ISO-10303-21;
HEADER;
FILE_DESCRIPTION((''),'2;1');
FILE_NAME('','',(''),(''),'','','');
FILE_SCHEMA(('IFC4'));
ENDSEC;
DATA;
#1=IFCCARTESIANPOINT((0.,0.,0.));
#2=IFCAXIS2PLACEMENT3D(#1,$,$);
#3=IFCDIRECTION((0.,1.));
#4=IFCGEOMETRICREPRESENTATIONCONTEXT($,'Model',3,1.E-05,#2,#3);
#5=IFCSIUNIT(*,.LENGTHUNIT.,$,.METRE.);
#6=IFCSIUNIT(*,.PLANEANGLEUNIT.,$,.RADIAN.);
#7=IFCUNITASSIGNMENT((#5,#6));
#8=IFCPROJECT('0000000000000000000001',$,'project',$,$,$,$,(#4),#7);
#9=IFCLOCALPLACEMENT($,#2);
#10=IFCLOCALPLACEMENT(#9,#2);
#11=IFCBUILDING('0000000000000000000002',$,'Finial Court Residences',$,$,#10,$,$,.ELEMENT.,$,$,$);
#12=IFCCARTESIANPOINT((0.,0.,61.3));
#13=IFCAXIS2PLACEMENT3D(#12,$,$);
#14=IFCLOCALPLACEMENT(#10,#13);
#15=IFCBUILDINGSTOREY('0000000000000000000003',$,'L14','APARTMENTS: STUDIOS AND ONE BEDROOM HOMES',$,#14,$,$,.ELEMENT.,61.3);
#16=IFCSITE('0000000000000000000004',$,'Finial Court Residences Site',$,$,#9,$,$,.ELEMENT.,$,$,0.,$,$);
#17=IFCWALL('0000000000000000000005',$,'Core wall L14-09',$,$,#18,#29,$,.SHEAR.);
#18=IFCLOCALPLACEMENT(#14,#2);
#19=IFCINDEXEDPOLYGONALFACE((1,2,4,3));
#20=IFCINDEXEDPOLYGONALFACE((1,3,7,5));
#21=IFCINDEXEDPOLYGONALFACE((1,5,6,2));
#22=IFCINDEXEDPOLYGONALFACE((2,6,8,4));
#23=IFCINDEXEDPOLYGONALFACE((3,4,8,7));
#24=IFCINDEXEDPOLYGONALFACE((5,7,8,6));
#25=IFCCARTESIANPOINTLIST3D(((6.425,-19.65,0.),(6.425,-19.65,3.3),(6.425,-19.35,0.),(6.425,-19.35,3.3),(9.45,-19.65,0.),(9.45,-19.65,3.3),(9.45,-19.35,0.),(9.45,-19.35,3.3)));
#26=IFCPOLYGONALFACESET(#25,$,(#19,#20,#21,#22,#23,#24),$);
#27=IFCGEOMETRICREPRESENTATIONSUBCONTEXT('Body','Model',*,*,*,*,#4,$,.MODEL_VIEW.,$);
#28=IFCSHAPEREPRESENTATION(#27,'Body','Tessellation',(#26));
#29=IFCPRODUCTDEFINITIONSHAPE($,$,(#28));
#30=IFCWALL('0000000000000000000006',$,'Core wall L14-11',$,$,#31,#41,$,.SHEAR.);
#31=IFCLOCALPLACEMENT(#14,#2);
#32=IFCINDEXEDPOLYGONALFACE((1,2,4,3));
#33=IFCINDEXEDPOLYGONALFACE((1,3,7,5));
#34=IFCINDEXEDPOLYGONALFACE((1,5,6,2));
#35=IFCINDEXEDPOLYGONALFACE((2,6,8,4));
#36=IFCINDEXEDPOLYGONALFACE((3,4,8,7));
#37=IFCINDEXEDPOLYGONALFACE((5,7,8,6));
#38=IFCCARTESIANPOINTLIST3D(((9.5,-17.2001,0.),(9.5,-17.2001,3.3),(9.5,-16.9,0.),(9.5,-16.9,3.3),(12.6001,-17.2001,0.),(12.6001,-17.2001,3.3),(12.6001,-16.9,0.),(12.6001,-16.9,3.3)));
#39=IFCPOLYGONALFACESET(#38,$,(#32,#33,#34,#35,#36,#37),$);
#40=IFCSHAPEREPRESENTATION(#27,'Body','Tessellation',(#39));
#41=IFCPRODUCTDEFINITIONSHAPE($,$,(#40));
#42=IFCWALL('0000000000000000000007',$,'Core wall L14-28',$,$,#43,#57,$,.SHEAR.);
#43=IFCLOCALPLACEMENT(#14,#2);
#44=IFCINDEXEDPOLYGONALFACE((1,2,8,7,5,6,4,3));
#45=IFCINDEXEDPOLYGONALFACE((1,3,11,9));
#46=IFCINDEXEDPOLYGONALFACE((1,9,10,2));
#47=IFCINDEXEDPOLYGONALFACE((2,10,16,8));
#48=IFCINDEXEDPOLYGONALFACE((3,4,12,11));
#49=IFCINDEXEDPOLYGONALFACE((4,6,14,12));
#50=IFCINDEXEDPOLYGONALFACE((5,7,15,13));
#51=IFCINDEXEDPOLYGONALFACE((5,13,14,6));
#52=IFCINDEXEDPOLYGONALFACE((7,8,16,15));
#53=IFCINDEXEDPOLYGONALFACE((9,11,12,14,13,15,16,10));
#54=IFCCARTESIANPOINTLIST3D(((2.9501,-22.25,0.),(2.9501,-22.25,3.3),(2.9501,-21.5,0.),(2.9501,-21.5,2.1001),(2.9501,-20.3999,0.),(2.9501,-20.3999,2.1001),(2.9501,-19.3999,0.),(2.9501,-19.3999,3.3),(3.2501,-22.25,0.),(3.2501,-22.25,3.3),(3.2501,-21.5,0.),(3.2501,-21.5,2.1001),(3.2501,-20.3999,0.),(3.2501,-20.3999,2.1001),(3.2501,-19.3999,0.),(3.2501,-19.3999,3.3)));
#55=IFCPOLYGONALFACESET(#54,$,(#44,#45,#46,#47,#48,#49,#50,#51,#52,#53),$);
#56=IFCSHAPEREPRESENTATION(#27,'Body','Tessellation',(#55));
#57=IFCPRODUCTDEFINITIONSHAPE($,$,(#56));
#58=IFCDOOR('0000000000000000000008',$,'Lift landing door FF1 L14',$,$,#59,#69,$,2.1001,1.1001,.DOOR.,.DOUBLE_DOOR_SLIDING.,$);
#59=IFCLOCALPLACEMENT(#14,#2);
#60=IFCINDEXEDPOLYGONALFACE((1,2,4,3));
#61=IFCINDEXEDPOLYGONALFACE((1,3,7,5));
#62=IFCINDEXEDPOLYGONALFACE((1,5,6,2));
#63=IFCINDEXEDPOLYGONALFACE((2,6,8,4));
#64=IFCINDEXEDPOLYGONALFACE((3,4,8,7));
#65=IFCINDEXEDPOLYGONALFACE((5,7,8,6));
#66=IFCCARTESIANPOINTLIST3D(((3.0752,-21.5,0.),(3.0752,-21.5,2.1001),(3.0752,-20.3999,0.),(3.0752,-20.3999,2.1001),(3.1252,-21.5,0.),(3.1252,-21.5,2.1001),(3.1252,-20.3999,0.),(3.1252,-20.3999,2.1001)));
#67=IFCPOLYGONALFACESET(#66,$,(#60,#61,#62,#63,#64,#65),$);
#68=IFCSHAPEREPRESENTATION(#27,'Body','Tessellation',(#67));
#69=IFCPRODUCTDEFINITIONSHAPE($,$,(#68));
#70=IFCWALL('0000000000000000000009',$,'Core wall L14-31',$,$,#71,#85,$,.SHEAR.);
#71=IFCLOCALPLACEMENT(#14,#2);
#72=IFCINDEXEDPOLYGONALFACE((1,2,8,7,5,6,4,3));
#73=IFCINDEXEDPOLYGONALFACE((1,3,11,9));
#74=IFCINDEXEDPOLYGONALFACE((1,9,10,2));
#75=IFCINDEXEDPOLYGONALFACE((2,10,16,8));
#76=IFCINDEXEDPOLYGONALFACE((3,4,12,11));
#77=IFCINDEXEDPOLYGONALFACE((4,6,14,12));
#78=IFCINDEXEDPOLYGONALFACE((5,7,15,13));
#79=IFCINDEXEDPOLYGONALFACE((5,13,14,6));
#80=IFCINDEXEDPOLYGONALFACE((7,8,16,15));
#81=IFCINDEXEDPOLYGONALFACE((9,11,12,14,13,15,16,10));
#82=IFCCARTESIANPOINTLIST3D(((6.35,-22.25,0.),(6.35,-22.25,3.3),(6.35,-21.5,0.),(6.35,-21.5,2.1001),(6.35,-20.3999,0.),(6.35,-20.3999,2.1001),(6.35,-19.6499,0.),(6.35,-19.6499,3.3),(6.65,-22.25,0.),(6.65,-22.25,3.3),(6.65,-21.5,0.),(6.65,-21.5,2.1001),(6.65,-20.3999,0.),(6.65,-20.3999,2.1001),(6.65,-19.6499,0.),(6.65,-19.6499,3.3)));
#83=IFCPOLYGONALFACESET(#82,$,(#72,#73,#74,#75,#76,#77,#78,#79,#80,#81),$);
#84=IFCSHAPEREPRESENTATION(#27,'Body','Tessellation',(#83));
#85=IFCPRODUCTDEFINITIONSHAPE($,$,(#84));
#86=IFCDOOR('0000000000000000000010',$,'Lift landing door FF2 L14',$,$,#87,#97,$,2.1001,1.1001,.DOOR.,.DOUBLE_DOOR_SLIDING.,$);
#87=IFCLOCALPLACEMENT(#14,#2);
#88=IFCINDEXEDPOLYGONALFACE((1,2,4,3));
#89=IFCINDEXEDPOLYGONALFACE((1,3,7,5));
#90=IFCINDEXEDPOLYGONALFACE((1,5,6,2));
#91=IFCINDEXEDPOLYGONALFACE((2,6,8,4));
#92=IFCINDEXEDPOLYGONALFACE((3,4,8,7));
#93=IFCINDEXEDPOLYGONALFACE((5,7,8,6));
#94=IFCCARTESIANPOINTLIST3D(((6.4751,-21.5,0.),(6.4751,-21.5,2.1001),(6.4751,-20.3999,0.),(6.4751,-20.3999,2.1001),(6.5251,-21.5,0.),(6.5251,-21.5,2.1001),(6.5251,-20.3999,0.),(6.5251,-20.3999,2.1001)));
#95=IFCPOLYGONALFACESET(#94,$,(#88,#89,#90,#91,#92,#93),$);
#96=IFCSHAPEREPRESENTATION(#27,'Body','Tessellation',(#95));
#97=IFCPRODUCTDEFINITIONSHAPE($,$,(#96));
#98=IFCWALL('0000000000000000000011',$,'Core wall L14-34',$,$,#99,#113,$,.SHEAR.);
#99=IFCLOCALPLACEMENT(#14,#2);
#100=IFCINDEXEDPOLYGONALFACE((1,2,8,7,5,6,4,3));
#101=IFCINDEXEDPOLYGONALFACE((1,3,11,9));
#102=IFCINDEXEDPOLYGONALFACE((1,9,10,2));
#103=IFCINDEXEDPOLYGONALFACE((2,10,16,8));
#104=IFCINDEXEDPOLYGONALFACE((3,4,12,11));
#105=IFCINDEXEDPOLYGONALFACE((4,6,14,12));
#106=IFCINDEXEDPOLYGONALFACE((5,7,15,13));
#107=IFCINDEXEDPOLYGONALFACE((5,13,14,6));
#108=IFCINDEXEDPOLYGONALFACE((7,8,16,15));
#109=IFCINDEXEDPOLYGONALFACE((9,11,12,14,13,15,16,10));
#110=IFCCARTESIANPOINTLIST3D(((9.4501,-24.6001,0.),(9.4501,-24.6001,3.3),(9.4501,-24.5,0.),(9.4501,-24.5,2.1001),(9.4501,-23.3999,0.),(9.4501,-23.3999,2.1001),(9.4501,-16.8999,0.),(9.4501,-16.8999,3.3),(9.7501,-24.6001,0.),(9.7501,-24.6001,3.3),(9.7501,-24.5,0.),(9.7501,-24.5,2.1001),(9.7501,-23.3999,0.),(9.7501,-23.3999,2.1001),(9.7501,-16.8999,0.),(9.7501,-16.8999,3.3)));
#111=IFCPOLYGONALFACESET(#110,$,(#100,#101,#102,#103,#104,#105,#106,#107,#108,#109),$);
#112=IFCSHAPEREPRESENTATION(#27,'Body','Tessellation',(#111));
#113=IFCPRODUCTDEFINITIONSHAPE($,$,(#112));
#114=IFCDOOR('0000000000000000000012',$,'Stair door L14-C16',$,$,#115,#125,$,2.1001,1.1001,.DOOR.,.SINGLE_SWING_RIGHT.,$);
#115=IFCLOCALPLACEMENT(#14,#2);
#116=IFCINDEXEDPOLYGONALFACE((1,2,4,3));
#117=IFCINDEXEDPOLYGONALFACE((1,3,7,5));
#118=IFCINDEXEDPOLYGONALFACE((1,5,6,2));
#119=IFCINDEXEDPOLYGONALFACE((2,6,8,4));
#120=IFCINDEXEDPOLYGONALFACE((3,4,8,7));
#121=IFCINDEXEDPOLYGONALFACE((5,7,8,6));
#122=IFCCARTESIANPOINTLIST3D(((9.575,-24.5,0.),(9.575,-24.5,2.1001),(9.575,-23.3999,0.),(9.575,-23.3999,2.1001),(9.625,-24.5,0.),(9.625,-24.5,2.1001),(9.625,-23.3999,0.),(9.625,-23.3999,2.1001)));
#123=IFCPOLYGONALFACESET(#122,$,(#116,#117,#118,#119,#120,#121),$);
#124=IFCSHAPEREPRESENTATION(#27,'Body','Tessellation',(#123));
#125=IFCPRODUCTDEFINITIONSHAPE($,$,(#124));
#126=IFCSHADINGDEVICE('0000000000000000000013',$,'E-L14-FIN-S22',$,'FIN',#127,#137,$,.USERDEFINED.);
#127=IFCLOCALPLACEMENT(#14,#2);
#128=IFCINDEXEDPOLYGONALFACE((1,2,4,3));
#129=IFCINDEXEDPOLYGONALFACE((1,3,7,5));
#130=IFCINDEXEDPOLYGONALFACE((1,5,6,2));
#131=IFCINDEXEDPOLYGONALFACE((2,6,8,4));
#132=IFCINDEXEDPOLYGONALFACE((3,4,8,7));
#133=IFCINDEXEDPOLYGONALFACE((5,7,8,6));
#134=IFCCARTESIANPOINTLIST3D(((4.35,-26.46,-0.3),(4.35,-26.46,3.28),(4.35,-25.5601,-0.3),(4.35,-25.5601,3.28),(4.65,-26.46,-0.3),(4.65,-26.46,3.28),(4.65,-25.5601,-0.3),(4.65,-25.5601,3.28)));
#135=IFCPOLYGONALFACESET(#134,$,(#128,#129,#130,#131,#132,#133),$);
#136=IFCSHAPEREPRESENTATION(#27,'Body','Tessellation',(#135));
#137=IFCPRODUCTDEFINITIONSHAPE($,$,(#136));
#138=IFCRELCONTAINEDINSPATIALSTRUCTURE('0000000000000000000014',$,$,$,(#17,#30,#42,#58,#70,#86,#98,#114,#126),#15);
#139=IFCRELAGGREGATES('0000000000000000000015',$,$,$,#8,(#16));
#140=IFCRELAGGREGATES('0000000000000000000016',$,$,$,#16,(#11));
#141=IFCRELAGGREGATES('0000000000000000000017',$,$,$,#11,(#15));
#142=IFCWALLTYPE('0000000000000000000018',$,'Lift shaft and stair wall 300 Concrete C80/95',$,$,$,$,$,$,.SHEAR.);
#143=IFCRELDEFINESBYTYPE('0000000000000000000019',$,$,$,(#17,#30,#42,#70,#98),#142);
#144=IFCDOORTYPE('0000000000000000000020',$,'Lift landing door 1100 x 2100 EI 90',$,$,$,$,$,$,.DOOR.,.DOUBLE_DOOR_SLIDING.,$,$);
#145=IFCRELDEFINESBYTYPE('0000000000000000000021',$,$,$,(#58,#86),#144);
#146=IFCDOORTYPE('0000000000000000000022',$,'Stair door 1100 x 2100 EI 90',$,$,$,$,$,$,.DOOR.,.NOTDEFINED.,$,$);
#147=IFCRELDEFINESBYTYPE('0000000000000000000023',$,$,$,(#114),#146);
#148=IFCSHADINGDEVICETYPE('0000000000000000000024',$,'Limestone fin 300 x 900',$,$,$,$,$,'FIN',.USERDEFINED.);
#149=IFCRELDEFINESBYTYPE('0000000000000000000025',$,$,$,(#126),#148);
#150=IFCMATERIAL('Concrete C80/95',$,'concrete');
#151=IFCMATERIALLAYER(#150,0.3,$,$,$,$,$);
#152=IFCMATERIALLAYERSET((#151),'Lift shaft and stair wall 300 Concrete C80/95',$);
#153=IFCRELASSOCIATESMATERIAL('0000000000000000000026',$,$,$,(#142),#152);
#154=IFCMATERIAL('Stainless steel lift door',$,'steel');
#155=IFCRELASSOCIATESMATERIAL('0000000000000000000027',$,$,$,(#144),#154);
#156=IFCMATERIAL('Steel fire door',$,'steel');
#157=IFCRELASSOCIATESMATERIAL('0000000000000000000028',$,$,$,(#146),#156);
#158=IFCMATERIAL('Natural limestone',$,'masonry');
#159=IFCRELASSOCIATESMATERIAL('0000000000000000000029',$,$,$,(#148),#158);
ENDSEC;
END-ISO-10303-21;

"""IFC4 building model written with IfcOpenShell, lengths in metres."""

from ifc_helpers import new_model, si_unit, direction, frame, frame_2d, origin, origin_2d, place, context, subcontext, project, spatial, rectangle, extrude, material, layer, layer_set, type_object, element, fill, save


model = new_model("IFC4")

# Units and contexts
model_context = context("Model", 3, precision=1e-05, world=origin(), true_north=direction((0.0, 1.0)))
body_context = subcontext(model_context, "Body", "Model", "MODEL_VIEW")
ifc_project = project(units=[si_unit("LENGTHUNIT", "METRE"), si_unit("PLANEANGLEUNIT", "RADIAN")], contexts=[model_context])

# Site, building, storey
site_placement = place(None, origin())
site = spatial("IfcSite", under=ifc_project, at=site_placement, Name="Finial Court Residences Site", CompositionType="ELEMENT", RefElevation=0.0)
building_placement = place(site_placement, origin())
building = spatial("IfcBuilding", under=site, at=building_placement, Name="Finial Court Residences", CompositionType="ELEMENT")
storey_placement = place(building_placement, frame((0.0, 0.0, 61.3)))
storey = spatial("IfcBuildingStorey", under=building, at=storey_placement, Name="L14", Description="APARTMENTS: STUDIOS AND ONE BEDROOM HOMES", CompositionType="ELEMENT", Elevation=61.3)

# Shared definitions
ifc_material_1 = material(Name="Steel fire door", Category="steel")

# Walls
ifc_material_2 = material(Name="Concrete C80/95", Category="concrete")
ifc_layer_1 = layer(ifc_material_2, 0.3)
ifc_layer_set_1 = layer_set([ifc_layer_1], Name="Lift shaft and stair wall 300 Concrete C80/95")
wall_type_1 = type_object("IfcWallType", Name="Lift shaft and stair wall 300 Concrete C80/95", PredefinedType="SHEAR", material=ifc_layer_set_1)
wall_1_placement = place(storey_placement, frame((6.425, -19.5, 0.0), z_axis=(0.0, 0.0, 1.0), x_axis=(1.0, 0.0, 0.0)))
element("IfcWall", 1, at=wall_1_placement, inside=storey, type_object=wall_type_1, Name="Core wall L14-09", PredefinedType="SHEAR", context=body_context, shape_type="SweptSolid", body=[
    extrude(rectangle(XDim=3.0249, YDim=0.3, at=frame_2d((1.5125, 0.0))), origin(), (0.0, 0.0, 1.0), 3.3),
])
wall_2_placement = place(storey_placement, frame((9.5, -17.05, 0.0), z_axis=(0.0, 0.0, 1.0), x_axis=(1.0, 0.0, 0.0)))
element("IfcWall", 2, at=wall_2_placement, inside=storey, type_object=wall_type_1, Name="Core wall L14-11", PredefinedType="SHEAR", context=body_context, shape_type="SweptSolid", body=[
    extrude(rectangle(XDim=3.1001, YDim=0.3, at=frame_2d((1.55, 0.0))), origin(), (0.0, 0.0, 1.0), 3.3),
])

# Walls, openings, doors
wall_3_placement = place(storey_placement, frame((3.1001, -22.25, 0.0), z_axis=(0.0, 0.0, 1.0), x_axis=(0.0, 1.0, 0.0)))
wall_3 = element("IfcWall", 3, at=wall_3_placement, inside=storey, type_object=wall_type_1, Name="Core wall L14-28", PredefinedType="SHEAR", context=body_context, shape_type="SweptSolid", body=[
    extrude(rectangle(XDim=2.8501, YDim=0.3, at=frame_2d((1.425, 0.0))), origin(), (0.0, 0.0, 1.0), 3.3),
])
opening_1_placement = place(wall_3_placement, frame((0.75, 0.0, 0.0)))
opening_1 = element("IfcOpeningElement", 4, at=opening_1_placement, cuts=wall_3, PredefinedType="OPENING", context=body_context, shape_type="SweptSolid", body=[
    extrude(rectangle(XDim=1.1001, YDim=2.1001, at=frame_2d((0.55, 1.05))), frame((0.0, 0.1599, 0.0), z_axis=(0.0, -1.0, 0.0), x_axis=(1.0, 0.0, 0.0)), (0.0, 0.0, 1.0), 0.3201),
])
ifc_material_3 = material(Name="Stainless steel lift door", Category="steel")
door_type_1 = type_object("IfcDoorType", Name="Lift landing door 1100 x 2100 EI 90", OperationType="DOUBLE_DOOR_SLIDING", PredefinedType="DOOR", material=ifc_material_3)
door_1_placement = place(opening_1_placement, origin())
door_1 = element("IfcDoor", 5, at=door_1_placement, inside=storey, type_object=door_type_1, Name="Lift landing door FF1 L14", OperationType="DOUBLE_DOOR_SLIDING", OverallHeight=2.1001, OverallWidth=1.1001, PredefinedType="DOOR", context=body_context, shape_type="SweptSolid", body=[
    extrude(rectangle(XDim=1.1001, YDim=2.1001, at=frame_2d((0.55, 1.05))), frame((0.0, 0.0249, 0.0), z_axis=(0.0, -1.0, 0.0), x_axis=(1.0, 0.0, 0.0)), (0.0, 0.0, 1.0), 0.05),
])
fill(opening_1, door_1)
wall_4_placement = place(storey_placement, frame((6.5, -22.25, 0.0), z_axis=(0.0, 0.0, 1.0), x_axis=(0.0, 1.0, 0.0)))
wall_4 = element("IfcWall", 6, at=wall_4_placement, inside=storey, type_object=wall_type_1, Name="Core wall L14-31", PredefinedType="SHEAR", context=body_context, shape_type="SweptSolid", body=[
    extrude(rectangle(XDim=2.6001, YDim=0.3, at=frame_2d((1.3, 0.0))), origin(), (0.0, 0.0, 1.0), 3.3),
])
opening_2_placement = place(wall_4_placement, frame((0.75, 0.0, 0.0)))
opening_2 = element("IfcOpeningElement", 7, at=opening_2_placement, cuts=wall_4, PredefinedType="OPENING", context=body_context, shape_type="SweptSolid", body=[
    extrude(rectangle(XDim=1.1001, YDim=2.1001, at=frame_2d((0.55, 1.05))), frame((0.0, 0.1599, 0.0), z_axis=(0.0, -1.0, 0.0), x_axis=(1.0, 0.0, 0.0)), (0.0, 0.0, 1.0), 0.3201),
])
door_2_placement = place(opening_2_placement, origin())
door_2 = element("IfcDoor", 8, at=door_2_placement, inside=storey, type_object=door_type_1, Name="Lift landing door FF2 L14", OperationType="DOUBLE_DOOR_SLIDING", OverallHeight=2.1001, OverallWidth=1.1001, PredefinedType="DOOR", context=body_context, shape_type="SweptSolid", body=[
    extrude(rectangle(XDim=1.1001, YDim=2.1001, at=frame_2d((0.55, 1.05))), frame((0.0, 0.0249, 0.0), z_axis=(0.0, -1.0, 0.0), x_axis=(1.0, 0.0, 0.0)), (0.0, 0.0, 1.0), 0.05),
])
fill(opening_2, door_2)
wall_5_placement = place(storey_placement, frame((9.6001, -16.8999, 0.0), z_axis=(0.0, 0.0, 1.0), x_axis=(0.0, -1.0, 0.0)))
wall_5 = element("IfcWall", 9, at=wall_5_placement, inside=storey, type_object=wall_type_1, Name="Core wall L14-34", PredefinedType="SHEAR", context=body_context, shape_type="SweptSolid", body=[
    extrude(rectangle(XDim=7.7002, YDim=0.3, at=frame_2d((3.8501, 0.0))), origin(), (0.0, 0.0, 1.0), 3.3),
])
opening_3_placement = place(wall_5_placement, frame((6.5, 0.0, 0.0)))
opening_3 = element("IfcOpeningElement", 10, at=opening_3_placement, cuts=wall_5, PredefinedType="OPENING", context=body_context, shape_type="SweptSolid", body=[
    extrude(rectangle(XDim=1.1001, YDim=2.1001, at=frame_2d((0.55, 1.05))), frame((0.0, 0.1599, 0.0), z_axis=(0.0, -1.0, 0.0), x_axis=(1.0, 0.0, 0.0)), (0.0, 0.0, 1.0), 0.3201),
])
door_type_2 = type_object("IfcDoorType", Name="Stair door 1100 x 2100 EI 90", OperationType="NOTDEFINED", PredefinedType="DOOR", material=ifc_material_1)
door_3_placement = place(opening_3_placement, origin())
door_3 = element("IfcDoor", 11, at=door_3_placement, inside=storey, type_object=door_type_2, Name="Stair door L14-C16", OperationType="SINGLE_SWING_RIGHT", OverallHeight=2.1001, OverallWidth=1.1001, PredefinedType="DOOR", context=body_context, shape_type="SweptSolid", body=[
    extrude(rectangle(XDim=1.1001, YDim=2.1001, at=frame_2d((0.55, 1.05))), frame((0.0, 0.0249, 0.0), z_axis=(0.0, -1.0, 0.0), x_axis=(1.0, 0.0, 0.0)), (0.0, 0.0, 1.0), 0.05),
])
fill(opening_3, door_3)

# Shading device
ifc_material_4 = material(Name="Natural limestone", Category="masonry")
shading_device_type = type_object("IfcShadingDeviceType", Name="Limestone fin 300 x 900", ElementType="FIN", PredefinedType="USERDEFINED", material=ifc_material_4)
shading_device_placement = place(storey_placement, frame((4.5, -26.01, -0.3), z_axis=(0.0, 0.0, 1.0), x_axis=(1.0, 0.0, 0.0)))
element("IfcShadingDevice", 12, at=shading_device_placement, inside=storey, type_object=shading_device_type, Name="E-L14-FIN-S22", ObjectType="FIN", PredefinedType="USERDEFINED", context=body_context, shape_type="SweptSolid", body=[
    extrude(rectangle(XDim=0.3, YDim=0.8999, at=origin_2d()), origin(), (0.0, 0.0, 1.0), 3.5801),
])

save(model, "model.ifc")
